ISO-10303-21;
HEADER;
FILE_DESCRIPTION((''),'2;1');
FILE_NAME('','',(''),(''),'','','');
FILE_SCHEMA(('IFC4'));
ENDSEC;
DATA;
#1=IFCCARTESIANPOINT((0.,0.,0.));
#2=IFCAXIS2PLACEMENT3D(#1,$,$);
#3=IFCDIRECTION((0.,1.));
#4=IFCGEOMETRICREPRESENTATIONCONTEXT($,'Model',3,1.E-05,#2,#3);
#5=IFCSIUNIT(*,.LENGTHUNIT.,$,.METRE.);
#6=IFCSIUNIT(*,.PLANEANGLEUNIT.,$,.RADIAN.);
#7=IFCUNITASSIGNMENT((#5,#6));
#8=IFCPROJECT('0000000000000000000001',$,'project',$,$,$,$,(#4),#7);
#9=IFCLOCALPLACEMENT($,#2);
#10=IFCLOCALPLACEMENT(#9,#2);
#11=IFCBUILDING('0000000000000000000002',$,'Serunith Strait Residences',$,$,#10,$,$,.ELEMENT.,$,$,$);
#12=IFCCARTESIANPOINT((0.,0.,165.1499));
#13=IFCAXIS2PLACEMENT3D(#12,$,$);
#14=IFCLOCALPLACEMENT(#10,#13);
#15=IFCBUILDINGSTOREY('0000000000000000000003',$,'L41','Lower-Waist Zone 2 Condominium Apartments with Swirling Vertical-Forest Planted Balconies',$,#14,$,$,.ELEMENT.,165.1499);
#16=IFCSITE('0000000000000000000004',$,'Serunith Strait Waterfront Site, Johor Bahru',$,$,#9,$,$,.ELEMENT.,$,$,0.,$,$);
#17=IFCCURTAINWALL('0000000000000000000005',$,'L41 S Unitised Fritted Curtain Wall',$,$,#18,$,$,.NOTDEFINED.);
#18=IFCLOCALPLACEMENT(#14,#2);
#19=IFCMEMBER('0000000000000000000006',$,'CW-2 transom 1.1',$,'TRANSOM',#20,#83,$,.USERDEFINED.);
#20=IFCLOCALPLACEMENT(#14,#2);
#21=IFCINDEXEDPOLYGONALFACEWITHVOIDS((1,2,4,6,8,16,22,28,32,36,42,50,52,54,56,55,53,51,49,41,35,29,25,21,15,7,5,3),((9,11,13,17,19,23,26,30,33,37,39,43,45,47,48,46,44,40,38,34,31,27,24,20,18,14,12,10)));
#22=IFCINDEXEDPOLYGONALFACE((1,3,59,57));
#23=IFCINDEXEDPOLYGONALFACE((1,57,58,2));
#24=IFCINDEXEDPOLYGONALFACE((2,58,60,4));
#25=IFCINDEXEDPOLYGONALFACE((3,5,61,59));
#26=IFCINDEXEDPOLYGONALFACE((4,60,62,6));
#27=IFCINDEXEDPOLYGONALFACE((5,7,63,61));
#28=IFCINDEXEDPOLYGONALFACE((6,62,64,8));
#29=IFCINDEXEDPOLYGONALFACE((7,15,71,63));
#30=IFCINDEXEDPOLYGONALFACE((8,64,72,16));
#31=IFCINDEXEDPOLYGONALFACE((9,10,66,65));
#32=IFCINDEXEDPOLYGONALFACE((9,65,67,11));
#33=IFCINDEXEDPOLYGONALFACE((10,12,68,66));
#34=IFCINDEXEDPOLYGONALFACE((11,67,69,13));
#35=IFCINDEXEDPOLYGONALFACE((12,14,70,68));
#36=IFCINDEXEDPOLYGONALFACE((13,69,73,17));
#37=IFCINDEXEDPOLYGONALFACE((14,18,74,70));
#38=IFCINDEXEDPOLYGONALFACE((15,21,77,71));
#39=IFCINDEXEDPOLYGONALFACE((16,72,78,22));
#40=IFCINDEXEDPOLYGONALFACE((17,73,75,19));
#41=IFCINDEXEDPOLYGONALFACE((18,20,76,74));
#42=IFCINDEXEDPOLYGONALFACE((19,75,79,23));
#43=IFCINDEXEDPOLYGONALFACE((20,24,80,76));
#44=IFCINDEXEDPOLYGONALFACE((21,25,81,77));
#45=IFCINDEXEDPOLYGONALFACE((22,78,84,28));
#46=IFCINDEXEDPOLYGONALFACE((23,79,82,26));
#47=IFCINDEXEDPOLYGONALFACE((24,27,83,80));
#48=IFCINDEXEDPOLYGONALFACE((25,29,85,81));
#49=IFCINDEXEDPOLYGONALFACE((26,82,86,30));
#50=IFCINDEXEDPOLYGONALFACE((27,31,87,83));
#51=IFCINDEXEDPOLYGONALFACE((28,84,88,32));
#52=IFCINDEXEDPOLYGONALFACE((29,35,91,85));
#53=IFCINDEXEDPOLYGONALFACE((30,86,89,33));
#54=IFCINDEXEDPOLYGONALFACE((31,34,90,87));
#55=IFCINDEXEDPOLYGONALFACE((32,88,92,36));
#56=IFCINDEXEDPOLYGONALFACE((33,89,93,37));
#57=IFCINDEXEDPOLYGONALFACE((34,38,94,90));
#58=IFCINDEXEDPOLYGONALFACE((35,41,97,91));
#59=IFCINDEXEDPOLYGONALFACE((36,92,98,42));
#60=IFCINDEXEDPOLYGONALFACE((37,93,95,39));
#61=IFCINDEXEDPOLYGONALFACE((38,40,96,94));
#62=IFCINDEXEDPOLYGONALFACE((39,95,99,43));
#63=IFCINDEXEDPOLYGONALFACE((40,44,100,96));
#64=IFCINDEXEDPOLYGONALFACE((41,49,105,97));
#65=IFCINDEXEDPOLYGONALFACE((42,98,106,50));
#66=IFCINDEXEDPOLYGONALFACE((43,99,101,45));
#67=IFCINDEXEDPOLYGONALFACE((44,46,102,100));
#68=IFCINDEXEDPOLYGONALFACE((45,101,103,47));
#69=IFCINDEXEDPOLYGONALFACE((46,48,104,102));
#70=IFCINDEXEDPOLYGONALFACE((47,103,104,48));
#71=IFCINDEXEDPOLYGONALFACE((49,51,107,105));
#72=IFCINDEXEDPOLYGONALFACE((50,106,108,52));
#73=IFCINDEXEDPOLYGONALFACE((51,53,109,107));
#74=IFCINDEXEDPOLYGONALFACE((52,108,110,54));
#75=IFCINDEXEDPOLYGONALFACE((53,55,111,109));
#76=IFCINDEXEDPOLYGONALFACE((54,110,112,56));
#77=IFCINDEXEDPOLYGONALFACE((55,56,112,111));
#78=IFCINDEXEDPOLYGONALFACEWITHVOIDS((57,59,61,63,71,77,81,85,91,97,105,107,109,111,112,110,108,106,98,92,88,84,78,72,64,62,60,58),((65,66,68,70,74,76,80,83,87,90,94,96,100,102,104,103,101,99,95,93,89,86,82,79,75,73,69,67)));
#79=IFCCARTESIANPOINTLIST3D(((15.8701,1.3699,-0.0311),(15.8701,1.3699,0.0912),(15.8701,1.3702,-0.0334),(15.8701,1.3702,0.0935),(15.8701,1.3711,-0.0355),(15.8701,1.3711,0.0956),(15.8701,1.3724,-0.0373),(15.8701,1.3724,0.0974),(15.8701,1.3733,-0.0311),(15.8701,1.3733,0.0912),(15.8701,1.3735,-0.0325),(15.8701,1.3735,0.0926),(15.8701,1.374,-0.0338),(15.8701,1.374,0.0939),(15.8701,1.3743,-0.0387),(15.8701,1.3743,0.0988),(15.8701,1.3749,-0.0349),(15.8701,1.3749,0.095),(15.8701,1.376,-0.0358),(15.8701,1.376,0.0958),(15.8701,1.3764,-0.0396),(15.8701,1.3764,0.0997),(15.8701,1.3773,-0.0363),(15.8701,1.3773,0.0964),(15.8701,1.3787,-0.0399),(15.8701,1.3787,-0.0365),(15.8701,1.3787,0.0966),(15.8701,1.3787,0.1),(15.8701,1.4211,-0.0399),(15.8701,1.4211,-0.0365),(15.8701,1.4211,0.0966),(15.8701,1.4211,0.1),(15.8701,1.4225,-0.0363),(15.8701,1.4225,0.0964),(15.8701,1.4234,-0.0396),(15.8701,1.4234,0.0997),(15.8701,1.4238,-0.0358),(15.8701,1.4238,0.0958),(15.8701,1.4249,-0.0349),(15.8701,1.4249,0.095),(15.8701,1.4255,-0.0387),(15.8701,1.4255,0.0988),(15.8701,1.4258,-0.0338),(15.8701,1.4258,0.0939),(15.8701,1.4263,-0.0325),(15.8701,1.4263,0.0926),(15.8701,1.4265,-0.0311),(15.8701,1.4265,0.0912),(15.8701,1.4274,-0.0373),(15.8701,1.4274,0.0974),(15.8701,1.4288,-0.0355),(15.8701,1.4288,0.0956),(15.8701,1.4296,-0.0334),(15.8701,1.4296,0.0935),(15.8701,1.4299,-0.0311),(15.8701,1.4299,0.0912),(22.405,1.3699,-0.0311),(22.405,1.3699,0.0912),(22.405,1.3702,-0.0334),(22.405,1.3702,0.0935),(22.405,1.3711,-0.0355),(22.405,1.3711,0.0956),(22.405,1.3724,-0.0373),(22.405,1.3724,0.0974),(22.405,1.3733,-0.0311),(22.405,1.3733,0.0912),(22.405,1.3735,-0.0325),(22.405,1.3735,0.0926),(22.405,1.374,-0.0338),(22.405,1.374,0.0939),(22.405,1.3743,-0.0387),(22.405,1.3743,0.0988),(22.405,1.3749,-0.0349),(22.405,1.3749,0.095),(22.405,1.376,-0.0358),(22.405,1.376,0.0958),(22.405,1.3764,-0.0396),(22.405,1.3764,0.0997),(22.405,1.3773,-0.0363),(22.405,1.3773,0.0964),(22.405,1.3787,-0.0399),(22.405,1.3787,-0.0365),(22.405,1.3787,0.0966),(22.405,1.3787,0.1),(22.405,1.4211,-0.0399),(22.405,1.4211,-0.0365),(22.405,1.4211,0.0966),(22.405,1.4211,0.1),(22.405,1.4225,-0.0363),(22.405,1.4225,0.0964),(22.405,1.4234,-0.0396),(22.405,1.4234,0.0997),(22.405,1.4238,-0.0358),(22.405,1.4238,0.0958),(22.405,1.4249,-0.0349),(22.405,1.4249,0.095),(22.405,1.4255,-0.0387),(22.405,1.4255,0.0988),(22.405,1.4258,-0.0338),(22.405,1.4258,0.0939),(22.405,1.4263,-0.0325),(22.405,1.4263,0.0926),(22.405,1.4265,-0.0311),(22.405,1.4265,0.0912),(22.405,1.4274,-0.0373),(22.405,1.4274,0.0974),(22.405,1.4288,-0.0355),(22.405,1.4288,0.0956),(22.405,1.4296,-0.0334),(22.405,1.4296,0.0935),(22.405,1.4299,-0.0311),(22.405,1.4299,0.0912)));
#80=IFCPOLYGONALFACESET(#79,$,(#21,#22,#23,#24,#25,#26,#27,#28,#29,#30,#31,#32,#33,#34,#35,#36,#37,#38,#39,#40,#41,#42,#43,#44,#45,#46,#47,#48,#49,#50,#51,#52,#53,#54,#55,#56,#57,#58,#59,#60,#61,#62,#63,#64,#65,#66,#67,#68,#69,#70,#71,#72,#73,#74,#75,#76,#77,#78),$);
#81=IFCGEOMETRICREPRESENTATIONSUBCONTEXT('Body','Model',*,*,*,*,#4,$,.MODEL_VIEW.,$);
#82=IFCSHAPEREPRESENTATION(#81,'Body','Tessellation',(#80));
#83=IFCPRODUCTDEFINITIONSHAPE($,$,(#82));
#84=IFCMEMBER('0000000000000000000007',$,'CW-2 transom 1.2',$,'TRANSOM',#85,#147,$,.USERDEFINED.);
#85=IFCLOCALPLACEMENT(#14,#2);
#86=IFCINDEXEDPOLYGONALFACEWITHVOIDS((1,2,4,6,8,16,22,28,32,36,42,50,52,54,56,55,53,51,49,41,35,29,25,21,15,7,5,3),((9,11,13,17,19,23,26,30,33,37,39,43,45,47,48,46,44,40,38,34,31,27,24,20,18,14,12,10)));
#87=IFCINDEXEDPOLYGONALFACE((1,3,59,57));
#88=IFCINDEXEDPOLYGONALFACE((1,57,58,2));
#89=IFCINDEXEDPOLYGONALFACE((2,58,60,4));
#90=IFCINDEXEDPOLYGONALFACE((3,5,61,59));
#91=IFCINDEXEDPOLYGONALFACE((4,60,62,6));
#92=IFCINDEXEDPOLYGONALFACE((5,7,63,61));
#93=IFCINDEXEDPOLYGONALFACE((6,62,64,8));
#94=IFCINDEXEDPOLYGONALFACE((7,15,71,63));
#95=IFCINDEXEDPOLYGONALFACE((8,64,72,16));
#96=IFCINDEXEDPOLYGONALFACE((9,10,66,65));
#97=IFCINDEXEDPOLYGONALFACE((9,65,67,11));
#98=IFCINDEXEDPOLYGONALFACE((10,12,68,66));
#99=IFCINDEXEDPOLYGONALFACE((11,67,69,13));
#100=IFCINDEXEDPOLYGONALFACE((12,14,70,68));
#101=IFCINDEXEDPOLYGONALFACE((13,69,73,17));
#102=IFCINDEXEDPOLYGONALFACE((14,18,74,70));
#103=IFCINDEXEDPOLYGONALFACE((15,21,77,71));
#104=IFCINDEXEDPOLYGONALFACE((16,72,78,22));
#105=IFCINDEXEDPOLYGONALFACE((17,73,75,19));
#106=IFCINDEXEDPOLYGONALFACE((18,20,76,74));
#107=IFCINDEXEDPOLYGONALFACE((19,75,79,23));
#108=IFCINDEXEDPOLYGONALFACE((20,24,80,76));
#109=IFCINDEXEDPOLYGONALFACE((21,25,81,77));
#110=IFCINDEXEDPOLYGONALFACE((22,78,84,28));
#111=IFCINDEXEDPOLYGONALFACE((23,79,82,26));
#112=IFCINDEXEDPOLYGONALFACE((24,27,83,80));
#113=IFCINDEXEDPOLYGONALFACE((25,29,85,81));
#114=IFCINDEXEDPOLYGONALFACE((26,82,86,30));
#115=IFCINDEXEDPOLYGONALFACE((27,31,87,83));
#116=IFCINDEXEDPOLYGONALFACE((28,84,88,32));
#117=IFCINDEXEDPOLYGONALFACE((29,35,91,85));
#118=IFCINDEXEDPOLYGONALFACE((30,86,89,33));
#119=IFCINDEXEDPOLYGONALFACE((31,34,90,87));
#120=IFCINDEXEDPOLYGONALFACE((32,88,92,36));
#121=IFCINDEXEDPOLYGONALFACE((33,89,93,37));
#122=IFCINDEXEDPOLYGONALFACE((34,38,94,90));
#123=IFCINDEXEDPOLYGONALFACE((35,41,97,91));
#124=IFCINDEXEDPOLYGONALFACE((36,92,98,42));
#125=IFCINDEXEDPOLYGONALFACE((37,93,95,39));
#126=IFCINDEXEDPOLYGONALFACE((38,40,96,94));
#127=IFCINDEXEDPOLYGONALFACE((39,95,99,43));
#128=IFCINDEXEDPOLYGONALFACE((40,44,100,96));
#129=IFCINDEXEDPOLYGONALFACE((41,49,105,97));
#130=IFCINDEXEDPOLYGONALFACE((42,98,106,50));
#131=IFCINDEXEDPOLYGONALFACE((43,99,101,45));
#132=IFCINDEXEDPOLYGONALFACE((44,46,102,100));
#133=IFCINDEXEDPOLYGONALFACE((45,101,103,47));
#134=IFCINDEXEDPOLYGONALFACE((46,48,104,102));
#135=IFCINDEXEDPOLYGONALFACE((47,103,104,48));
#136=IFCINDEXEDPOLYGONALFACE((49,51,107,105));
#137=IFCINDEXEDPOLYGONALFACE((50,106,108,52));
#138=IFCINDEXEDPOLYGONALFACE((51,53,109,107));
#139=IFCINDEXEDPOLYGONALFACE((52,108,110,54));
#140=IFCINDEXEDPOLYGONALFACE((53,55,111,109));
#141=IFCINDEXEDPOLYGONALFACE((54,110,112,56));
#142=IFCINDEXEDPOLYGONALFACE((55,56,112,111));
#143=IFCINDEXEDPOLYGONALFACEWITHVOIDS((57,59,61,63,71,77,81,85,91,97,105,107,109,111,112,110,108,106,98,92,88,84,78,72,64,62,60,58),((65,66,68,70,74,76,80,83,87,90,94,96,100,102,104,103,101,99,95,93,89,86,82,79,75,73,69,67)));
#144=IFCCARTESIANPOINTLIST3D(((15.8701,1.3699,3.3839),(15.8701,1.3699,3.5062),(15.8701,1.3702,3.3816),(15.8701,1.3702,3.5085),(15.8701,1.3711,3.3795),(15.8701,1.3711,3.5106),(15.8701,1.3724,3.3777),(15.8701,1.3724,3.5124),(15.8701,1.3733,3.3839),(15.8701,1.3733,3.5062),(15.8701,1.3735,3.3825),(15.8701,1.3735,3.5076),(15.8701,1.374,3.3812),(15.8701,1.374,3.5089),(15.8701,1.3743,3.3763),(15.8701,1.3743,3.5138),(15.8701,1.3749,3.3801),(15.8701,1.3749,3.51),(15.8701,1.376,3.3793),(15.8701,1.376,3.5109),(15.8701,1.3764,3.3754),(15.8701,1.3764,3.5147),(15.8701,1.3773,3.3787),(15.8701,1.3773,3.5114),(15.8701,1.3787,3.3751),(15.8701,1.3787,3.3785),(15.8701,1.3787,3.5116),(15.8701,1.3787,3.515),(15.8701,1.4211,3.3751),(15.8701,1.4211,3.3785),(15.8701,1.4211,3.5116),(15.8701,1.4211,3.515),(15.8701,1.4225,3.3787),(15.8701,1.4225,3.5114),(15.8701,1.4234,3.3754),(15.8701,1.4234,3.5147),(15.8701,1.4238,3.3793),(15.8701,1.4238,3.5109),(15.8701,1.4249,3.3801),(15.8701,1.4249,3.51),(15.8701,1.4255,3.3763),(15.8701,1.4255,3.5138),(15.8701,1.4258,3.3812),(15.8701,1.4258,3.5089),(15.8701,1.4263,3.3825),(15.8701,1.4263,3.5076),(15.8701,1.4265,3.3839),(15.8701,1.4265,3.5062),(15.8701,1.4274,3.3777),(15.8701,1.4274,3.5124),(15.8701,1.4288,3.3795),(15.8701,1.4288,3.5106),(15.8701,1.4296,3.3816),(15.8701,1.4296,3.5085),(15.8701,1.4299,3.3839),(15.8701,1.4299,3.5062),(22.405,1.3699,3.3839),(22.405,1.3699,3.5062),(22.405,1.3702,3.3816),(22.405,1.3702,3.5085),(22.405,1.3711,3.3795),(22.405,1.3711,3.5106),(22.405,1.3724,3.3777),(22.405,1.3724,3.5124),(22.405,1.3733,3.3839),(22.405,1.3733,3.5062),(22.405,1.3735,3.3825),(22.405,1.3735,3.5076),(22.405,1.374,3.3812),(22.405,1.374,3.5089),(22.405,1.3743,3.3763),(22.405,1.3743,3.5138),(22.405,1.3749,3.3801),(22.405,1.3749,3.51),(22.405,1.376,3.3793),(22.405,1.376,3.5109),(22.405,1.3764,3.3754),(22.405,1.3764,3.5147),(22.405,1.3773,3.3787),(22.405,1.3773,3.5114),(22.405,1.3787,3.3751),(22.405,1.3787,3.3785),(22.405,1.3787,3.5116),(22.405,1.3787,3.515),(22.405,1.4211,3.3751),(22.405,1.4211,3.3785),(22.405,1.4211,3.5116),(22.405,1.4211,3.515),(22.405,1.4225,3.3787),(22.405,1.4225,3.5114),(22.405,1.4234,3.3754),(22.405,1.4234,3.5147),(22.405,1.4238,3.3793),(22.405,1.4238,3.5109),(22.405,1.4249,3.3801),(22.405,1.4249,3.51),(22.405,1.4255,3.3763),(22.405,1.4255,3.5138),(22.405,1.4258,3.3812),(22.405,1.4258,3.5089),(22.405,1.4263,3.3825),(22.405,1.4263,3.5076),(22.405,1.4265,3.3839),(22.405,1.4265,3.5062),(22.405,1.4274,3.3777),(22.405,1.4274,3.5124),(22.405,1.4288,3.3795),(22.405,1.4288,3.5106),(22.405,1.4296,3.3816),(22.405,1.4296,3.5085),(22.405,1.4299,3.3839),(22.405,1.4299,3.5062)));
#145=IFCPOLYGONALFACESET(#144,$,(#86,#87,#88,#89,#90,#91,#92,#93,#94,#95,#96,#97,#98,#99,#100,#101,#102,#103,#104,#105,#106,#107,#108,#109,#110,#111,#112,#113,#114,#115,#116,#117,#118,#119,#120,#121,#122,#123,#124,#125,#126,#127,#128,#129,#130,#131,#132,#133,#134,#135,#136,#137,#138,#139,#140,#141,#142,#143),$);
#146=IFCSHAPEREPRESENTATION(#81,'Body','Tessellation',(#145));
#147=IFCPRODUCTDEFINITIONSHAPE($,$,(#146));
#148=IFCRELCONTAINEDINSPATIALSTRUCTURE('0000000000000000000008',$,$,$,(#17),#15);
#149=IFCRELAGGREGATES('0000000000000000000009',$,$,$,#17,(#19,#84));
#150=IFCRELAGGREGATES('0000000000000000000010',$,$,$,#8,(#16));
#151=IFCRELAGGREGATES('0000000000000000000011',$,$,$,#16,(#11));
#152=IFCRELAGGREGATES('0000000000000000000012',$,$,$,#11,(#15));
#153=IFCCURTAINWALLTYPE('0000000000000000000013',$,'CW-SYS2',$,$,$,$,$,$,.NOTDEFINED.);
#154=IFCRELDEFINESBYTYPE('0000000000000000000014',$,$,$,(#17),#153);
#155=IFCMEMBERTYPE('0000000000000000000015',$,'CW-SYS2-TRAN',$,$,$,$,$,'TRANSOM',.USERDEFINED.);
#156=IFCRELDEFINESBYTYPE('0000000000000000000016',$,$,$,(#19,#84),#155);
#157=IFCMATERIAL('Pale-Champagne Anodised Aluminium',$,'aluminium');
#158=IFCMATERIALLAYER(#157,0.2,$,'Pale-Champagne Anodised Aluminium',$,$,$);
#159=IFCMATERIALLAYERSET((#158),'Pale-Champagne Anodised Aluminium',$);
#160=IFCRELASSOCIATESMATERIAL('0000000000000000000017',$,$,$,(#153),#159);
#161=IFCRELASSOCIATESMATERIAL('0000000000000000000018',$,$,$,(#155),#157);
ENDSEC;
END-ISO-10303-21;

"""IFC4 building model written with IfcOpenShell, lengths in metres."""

from ifc_helpers import new_model, si_unit, direction, frame, origin, origin_2d, place, context, subcontext, project, spatial, hollow_rectangle, extrude, source, transform, mapped, material, layer, layer_set, material_profile, profile_set, type_object, element, aggregate, save


model = new_model("IFC4")

# Units and contexts
model_context = context("Model", 3, precision=1e-05, world=origin(), true_north=direction((0.0, 1.0)))
body_context = subcontext(model_context, "Body", "Model", "MODEL_VIEW")
ifc_project = project(units=[si_unit("LENGTHUNIT", "METRE"), si_unit("PLANEANGLEUNIT", "RADIAN")], contexts=[model_context])

# Site, building, storey
site_placement = place(None, origin())
site = spatial("IfcSite", under=ifc_project, at=site_placement, Name="Serunith Strait Waterfront Site, Johor Bahru", CompositionType="ELEMENT", RefElevation=0.0)
building_placement = place(site_placement, origin())
building = spatial("IfcBuilding", under=site, at=building_placement, Name="Serunith Strait Residences", CompositionType="ELEMENT")
storey_placement = place(building_placement, frame((0.0, 0.0, 165.1499)))
storey = spatial("IfcBuildingStorey", under=building, at=storey_placement, Name="L41", Description="Lower-Waist Zone 2 Condominium Apartments with Swirling Vertical-Forest Planted Balconies", CompositionType="ELEMENT", Elevation=165.1499)

# Curtain wall
ifc_material_1 = material(Name="Pale-Champagne Anodised Aluminium", Category="aluminium")
ifc_layer_1 = layer(ifc_material_1, 0.2, Name="Pale-Champagne Anodised Aluminium")
ifc_layer_set_1 = layer_set([ifc_layer_1], Name="Pale-Champagne Anodised Aluminium")
curtain_wall_type = type_object("IfcCurtainWallType", Name="CW-SYS2", PredefinedType="NOTDEFINED", material=ifc_layer_set_1)
curtain_wall_1_placement = place(storey_placement, origin())
curtain_wall_1 = element("IfcCurtainWall", 1, at=curtain_wall_1_placement, inside=storey, type_object=curtain_wall_type, Name="L41 S Unitised Fritted Curtain Wall", PredefinedType="NOTDEFINED")

# Members
ifc_material_profile_1 = material_profile(ifc_material_1, hollow_rectangle(XDim=0.0601, YDim=0.1399, WallThickness=0.0034, InnerFilletRadius=0.0054, OuterFilletRadius=0.0088, at=origin_2d()), Name="ALU 140x60x3.5")
ifc_profile_set_1 = profile_set([ifc_material_profile_1], Name="Pale-Champagne Anodised Aluminium")
member_type_1 = type_object("IfcMemberType", Name="CW-SYS2-TRAN", ElementType="TRANSOM", PredefinedType="USERDEFINED", material=ifc_profile_set_1)
shared_shape_1 = source(origin(), body_context, "Body", "SweptSolid", [
    extrude(hollow_rectangle(XDim=0.0601, YDim=0.1399, WallThickness=0.0034, InnerFilletRadius=0.0054, OuterFilletRadius=0.0088, at=origin_2d()), origin(), (0.0, 0.0, 1.0), 6.5349),
])
member_1_placement = place(storey_placement, frame((15.8701, 1.3999, 0.03), z_axis=(1.0, 0.0, 0.0), x_axis=(0.0, 1.0, 0.0)))
member_1 = element("IfcMember", 2, at=member_1_placement, type_object=member_type_1, Name="CW-2 transom 1.1", ObjectType="TRANSOM", PredefinedType="USERDEFINED", context=body_context, shape_type="MappedRepresentation", body=[
    mapped(shared_shape_1, transform((0.0, 0.0, 0.0), scale=1.0)),
])
member_2_placement = place(storey_placement, frame((15.8701, 1.3999, 3.4451), z_axis=(1.0, 0.0, 0.0), x_axis=(0.0, 1.0, 0.0)))
member_2 = element("IfcMember", 3, at=member_2_placement, type_object=member_type_1, Name="CW-2 transom 1.2", ObjectType="TRANSOM", PredefinedType="USERDEFINED", context=body_context, shape_type="MappedRepresentation", body=[
    mapped(shared_shape_1, transform((0.0, 0.0, 0.0), scale=1.0)),
])
aggregate(curtain_wall_1, [member_1, member_2])

save(model, "model.ifc")
